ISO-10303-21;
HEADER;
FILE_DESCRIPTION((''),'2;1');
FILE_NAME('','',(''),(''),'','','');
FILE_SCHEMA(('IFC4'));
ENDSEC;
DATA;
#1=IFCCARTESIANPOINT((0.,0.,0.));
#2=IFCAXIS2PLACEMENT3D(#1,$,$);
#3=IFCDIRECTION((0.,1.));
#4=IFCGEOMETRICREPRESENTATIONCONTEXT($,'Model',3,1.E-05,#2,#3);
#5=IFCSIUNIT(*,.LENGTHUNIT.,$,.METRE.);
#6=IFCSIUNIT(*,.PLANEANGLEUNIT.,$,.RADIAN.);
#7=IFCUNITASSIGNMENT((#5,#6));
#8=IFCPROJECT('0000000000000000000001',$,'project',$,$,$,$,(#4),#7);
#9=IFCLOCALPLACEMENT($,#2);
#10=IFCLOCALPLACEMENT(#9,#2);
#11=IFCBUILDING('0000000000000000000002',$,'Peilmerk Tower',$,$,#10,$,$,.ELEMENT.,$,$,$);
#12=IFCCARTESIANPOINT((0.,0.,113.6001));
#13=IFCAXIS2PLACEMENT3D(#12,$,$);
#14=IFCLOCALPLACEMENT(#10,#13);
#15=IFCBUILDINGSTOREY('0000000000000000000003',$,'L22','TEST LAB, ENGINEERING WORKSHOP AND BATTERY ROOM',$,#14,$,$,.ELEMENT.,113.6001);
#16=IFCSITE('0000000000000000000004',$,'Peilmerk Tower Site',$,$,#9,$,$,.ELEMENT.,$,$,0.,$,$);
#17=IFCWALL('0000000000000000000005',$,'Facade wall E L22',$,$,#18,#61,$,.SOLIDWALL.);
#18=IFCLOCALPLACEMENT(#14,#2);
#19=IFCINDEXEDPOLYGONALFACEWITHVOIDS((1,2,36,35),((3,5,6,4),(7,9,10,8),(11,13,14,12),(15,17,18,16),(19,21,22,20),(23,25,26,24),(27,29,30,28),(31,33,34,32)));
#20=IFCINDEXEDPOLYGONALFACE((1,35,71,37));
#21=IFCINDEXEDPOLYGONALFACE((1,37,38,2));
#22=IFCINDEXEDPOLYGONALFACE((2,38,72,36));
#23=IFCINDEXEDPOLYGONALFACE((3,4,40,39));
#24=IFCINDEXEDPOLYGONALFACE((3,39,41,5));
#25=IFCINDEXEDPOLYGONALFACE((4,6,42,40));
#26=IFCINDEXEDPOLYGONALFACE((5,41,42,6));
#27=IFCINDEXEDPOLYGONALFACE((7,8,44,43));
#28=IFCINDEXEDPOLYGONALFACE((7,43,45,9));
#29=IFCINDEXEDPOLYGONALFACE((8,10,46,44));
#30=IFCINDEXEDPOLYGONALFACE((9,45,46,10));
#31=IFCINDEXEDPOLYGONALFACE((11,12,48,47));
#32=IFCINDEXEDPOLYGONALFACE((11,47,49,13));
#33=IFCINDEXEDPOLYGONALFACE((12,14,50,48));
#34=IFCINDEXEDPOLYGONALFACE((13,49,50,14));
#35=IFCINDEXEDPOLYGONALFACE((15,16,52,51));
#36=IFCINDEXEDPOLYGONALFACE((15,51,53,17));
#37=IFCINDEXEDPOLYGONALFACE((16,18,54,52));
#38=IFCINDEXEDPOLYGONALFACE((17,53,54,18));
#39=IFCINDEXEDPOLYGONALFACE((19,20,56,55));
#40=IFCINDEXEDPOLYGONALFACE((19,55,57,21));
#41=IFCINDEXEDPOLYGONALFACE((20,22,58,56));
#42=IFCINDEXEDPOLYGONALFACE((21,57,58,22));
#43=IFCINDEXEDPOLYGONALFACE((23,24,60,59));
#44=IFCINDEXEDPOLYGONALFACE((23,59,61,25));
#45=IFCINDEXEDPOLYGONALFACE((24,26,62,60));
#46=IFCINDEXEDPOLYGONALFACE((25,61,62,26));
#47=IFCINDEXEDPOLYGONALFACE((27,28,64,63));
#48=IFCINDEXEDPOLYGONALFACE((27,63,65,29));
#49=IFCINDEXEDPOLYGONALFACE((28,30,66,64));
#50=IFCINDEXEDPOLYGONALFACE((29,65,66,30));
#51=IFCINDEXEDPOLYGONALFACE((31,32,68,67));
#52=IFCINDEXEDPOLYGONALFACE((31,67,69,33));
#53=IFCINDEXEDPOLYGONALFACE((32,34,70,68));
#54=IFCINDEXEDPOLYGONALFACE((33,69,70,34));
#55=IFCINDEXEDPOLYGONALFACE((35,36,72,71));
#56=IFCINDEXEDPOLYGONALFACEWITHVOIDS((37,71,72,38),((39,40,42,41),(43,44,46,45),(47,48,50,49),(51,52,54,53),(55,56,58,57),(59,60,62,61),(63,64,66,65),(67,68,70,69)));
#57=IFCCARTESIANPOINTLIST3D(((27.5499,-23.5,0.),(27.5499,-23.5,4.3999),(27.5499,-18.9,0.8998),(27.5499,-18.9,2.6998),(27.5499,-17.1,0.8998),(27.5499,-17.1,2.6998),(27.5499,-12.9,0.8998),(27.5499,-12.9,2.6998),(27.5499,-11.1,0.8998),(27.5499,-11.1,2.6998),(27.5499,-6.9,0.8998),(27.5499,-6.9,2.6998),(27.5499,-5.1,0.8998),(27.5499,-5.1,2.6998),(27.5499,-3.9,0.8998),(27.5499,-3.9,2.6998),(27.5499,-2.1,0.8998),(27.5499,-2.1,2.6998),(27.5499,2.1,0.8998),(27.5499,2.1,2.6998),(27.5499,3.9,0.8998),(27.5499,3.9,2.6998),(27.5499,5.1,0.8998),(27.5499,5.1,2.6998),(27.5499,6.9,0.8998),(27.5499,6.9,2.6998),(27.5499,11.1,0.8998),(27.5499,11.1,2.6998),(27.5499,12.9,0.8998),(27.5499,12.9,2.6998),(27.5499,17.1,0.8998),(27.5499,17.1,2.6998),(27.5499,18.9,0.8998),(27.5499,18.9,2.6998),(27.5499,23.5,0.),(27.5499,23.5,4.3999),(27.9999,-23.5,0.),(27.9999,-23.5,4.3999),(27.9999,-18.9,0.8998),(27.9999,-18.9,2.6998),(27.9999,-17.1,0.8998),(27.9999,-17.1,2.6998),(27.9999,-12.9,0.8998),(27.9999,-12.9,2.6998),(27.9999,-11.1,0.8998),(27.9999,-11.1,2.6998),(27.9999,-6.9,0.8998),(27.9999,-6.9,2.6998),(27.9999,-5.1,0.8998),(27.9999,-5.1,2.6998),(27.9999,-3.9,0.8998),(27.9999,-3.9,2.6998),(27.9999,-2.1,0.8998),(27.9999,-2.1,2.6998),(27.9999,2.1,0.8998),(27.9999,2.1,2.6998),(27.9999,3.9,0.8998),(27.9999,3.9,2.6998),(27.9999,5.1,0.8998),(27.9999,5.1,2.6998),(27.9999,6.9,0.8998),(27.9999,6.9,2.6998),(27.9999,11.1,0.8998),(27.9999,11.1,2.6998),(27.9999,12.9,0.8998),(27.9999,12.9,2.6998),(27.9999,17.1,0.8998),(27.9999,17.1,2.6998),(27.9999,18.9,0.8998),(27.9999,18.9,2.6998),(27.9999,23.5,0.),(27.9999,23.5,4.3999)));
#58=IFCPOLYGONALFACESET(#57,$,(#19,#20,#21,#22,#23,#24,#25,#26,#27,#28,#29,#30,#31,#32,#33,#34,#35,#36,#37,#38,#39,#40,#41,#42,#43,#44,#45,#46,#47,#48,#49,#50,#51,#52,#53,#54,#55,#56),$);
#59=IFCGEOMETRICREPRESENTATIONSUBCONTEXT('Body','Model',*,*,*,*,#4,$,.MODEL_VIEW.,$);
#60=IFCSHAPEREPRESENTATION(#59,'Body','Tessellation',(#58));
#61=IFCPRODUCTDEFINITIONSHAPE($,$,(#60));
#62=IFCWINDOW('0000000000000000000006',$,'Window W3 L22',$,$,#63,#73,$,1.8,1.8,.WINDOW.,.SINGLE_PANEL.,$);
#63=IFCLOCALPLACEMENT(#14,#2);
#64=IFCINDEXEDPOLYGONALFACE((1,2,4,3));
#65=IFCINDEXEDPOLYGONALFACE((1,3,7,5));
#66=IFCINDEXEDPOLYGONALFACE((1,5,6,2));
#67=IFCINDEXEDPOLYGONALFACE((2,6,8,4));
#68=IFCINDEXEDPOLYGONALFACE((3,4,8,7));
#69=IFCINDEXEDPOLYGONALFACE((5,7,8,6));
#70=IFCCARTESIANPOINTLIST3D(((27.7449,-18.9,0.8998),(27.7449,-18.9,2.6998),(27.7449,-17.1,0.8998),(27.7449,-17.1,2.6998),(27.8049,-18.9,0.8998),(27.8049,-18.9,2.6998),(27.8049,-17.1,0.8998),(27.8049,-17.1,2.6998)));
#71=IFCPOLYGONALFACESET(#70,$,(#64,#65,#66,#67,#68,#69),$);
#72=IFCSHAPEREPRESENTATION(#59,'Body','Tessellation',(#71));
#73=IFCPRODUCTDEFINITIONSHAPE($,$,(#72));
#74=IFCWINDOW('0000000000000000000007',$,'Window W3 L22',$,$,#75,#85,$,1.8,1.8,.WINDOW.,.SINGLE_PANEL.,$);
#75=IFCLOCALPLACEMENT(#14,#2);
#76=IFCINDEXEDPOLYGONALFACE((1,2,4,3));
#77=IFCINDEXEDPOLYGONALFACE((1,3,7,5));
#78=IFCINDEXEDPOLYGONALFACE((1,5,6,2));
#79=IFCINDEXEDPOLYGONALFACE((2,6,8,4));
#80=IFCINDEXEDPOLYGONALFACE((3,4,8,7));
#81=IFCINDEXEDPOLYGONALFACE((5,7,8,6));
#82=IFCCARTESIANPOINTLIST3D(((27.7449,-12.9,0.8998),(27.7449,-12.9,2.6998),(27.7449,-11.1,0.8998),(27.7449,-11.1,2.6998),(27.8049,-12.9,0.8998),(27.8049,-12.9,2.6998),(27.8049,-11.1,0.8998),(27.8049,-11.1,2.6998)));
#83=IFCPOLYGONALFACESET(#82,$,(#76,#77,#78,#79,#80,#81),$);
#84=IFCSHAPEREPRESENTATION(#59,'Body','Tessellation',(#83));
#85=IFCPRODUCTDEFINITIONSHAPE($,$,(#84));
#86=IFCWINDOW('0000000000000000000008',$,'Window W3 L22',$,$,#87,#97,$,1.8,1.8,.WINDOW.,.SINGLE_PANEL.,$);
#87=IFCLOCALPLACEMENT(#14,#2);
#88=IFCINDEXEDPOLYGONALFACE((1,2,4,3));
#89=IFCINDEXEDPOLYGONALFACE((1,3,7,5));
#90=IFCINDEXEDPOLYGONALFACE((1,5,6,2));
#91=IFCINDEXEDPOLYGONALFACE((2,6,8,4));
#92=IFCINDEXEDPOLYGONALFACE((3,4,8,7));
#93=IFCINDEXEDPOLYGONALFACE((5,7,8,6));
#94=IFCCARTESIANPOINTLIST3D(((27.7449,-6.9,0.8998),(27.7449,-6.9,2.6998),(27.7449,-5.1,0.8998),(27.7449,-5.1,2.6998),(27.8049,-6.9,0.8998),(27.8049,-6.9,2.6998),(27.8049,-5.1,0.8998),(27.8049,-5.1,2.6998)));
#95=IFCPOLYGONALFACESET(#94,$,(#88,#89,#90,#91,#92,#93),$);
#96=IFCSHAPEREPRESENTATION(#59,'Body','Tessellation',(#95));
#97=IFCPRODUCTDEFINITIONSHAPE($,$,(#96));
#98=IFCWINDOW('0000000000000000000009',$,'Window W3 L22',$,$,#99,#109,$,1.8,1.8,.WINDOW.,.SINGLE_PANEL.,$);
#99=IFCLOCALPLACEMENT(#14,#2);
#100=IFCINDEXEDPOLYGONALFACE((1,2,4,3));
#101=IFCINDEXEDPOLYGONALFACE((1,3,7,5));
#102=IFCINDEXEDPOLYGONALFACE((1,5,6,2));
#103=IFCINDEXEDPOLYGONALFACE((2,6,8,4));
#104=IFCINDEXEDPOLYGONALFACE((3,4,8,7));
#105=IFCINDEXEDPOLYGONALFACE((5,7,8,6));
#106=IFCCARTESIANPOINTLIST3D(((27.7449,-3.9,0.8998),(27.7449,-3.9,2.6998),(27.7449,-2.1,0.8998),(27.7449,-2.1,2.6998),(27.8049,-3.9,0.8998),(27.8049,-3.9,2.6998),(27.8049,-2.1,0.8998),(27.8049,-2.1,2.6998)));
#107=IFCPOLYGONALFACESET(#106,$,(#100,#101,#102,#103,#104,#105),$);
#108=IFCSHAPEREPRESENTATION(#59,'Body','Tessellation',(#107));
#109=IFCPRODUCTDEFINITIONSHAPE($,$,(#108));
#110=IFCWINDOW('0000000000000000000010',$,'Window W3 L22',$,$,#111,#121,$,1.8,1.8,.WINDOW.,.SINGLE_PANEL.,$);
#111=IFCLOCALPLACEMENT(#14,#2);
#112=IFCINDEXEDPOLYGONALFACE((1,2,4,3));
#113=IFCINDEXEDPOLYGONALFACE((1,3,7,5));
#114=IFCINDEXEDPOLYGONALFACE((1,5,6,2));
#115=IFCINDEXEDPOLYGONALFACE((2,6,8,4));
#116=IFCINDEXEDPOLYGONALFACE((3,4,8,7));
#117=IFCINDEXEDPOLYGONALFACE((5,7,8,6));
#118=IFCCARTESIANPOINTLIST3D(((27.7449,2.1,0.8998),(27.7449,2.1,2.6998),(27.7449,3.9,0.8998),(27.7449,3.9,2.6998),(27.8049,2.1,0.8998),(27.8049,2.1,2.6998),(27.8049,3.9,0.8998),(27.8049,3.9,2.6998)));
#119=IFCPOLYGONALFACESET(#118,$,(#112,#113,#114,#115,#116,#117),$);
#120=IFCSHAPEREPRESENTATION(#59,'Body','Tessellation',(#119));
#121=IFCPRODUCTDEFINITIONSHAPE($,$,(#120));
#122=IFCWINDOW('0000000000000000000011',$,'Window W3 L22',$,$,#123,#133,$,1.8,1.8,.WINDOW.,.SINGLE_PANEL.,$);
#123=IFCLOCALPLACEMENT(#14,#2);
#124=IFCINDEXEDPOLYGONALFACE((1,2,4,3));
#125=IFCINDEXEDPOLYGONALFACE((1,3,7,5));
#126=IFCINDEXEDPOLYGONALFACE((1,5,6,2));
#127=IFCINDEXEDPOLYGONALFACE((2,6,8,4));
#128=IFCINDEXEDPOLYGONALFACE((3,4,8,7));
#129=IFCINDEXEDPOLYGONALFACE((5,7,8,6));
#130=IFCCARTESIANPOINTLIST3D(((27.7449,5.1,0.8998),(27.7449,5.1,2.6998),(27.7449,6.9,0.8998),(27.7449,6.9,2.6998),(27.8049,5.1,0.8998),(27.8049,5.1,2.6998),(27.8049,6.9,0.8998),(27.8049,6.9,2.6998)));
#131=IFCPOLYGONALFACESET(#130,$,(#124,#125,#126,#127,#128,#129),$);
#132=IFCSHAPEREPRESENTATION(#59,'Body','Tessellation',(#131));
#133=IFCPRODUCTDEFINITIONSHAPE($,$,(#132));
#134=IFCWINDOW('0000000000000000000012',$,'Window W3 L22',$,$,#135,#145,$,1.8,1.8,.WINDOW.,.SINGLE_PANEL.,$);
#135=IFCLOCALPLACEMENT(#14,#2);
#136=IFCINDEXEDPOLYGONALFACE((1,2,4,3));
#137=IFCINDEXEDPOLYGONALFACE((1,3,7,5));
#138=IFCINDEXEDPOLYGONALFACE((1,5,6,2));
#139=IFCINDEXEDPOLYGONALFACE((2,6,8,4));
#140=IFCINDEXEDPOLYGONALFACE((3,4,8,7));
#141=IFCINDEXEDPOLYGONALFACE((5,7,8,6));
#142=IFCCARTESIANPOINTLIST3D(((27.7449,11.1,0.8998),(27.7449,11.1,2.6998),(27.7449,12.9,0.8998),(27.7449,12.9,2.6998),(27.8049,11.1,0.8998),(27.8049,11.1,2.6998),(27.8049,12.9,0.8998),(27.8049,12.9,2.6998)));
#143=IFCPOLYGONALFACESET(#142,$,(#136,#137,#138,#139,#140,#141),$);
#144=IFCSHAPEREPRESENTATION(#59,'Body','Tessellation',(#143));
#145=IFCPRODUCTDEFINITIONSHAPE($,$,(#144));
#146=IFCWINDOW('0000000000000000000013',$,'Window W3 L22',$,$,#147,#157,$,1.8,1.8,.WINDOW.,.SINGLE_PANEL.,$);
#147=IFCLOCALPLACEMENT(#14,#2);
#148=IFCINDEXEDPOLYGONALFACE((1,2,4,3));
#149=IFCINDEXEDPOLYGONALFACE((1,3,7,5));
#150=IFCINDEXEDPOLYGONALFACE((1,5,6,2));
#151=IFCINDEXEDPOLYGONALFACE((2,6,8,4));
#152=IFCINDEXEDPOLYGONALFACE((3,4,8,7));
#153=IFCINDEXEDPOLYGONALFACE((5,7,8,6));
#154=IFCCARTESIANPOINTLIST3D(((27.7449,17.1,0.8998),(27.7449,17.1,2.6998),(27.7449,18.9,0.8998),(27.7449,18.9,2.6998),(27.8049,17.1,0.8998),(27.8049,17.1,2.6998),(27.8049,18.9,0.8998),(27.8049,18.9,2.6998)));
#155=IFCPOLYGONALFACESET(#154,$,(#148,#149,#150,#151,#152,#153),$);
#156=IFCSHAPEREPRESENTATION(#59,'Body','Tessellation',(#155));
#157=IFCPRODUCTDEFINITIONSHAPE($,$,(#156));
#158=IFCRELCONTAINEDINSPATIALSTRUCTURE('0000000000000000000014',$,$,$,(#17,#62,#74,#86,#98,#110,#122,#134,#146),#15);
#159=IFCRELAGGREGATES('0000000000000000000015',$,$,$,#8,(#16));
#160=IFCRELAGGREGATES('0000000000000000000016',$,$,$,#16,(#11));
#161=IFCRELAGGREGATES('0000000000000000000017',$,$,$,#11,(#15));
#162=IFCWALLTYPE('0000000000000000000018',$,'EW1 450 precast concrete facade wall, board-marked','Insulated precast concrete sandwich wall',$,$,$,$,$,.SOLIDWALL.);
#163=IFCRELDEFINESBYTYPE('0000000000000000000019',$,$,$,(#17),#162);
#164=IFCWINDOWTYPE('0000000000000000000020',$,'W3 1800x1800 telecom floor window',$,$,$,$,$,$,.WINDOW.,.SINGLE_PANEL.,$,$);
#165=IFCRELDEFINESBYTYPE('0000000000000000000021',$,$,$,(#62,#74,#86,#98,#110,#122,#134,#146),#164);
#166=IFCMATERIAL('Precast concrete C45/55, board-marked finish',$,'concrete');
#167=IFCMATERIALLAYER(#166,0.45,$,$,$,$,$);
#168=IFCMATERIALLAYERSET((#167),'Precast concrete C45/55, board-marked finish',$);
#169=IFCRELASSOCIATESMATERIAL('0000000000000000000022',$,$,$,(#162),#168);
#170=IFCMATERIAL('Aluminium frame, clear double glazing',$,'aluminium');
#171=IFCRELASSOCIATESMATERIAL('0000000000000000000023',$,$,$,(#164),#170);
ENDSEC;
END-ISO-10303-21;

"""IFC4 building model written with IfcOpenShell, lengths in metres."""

from ifc_helpers import new_model, si_unit, direction, frame, frame_2d, origin, place, context, subcontext, project, spatial, rectangle, extrude, material, layer, layer_set, type_object, element, fill, save


model = new_model("IFC4")

# Units and contexts
model_context = context("Model", 3, precision=1e-05, world=origin(), true_north=direction((0.0, 1.0)))
body_context = subcontext(model_context, "Body", "Model", "MODEL_VIEW")
ifc_project = project(units=[si_unit("LENGTHUNIT", "METRE"), si_unit("PLANEANGLEUNIT", "RADIAN")], contexts=[model_context])

# Site, building, storey
site_placement = place(None, origin())
site = spatial("IfcSite", under=ifc_project, at=site_placement, Name="Peilmerk Tower Site", CompositionType="ELEMENT", RefElevation=0.0)
building_placement = place(site_placement, origin())
building = spatial("IfcBuilding", under=site, at=building_placement, Name="Peilmerk Tower", CompositionType="ELEMENT")
storey_placement = place(building_placement, frame((0.0, 0.0, 113.6001)))
storey = spatial("IfcBuildingStorey", under=building, at=storey_placement, Name="L22", Description="TEST LAB, ENGINEERING WORKSHOP AND BATTERY ROOM", CompositionType="ELEMENT", Elevation=113.6001)

# Wall, openings, windows
ifc_material_1 = material(Name="Precast concrete C45/55, board-marked finish", Category="concrete")
ifc_layer = layer(ifc_material_1, 0.45)
ifc_layer_set = layer_set([ifc_layer], Name="Precast concrete C45/55, board-marked finish")
wall_type = type_object("IfcWallType", Name="EW1 450 precast concrete facade wall, board-marked", Description="Insulated precast concrete sandwich wall", PredefinedType="SOLIDWALL", material=ifc_layer_set)
wall_1_placement = place(storey_placement, frame((27.7749, -23.5, 0.0), z_axis=(0.0, 0.0, 1.0), x_axis=(0.0, 1.0, 0.0)))
wall_1 = element("IfcWall", 1, at=wall_1_placement, inside=storey, type_object=wall_type, Name="Facade wall E L22", PredefinedType="SOLIDWALL", context=body_context, shape_type="SweptSolid", body=[
    extrude(rectangle(XDim=47.0, YDim=0.45, at=frame_2d((23.5, 0.0))), origin(), (0.0, 0.0, 1.0), 4.3999),
])
opening_1_placement = place(wall_1_placement, frame((4.6001, 0.0, 0.8999)))
opening_1 = element("IfcOpeningElement", 2, at=opening_1_placement, cuts=wall_1, PredefinedType="OPENING", context=body_context, shape_type="SweptSolid", body=[
    extrude(rectangle(XDim=1.8, YDim=1.8, at=frame_2d((0.8999, 0.8999))), frame((0.0, 0.2349, 0.0), z_axis=(0.0, -1.0, 0.0), x_axis=(1.0, 0.0, 0.0)), (0.0, 0.0, 1.0), 0.47),
])
opening_2_placement = place(wall_1_placement, frame((10.6001, 0.0, 0.8999)))
opening_2 = element("IfcOpeningElement", 3, at=opening_2_placement, cuts=wall_1, PredefinedType="OPENING", context=body_context, shape_type="SweptSolid", body=[
    extrude(rectangle(XDim=1.8, YDim=1.8, at=frame_2d((0.8999, 0.8999))), frame((0.0, 0.2349, 0.0), z_axis=(0.0, -1.0, 0.0), x_axis=(1.0, 0.0, 0.0)), (0.0, 0.0, 1.0), 0.47),
])
opening_3_placement = place(wall_1_placement, frame((16.6001, 0.0, 0.8999)))
opening_3 = element("IfcOpeningElement", 4, at=opening_3_placement, cuts=wall_1, PredefinedType="OPENING", context=body_context, shape_type="SweptSolid", body=[
    extrude(rectangle(XDim=1.8, YDim=1.8, at=frame_2d((0.8999, 0.8999))), frame((0.0, 0.2349, 0.0), z_axis=(0.0, -1.0, 0.0), x_axis=(1.0, 0.0, 0.0)), (0.0, 0.0, 1.0), 0.47),
])
opening_4_placement = place(wall_1_placement, frame((19.6001, 0.0, 0.8999)))
opening_4 = element("IfcOpeningElement", 5, at=opening_4_placement, cuts=wall_1, PredefinedType="OPENING", context=body_context, shape_type="SweptSolid", body=[
    extrude(rectangle(XDim=1.8, YDim=1.8, at=frame_2d((0.8999, 0.8999))), frame((0.0, 0.2349, 0.0), z_axis=(0.0, -1.0, 0.0), x_axis=(1.0, 0.0, 0.0)), (0.0, 0.0, 1.0), 0.47),
])
opening_5_placement = place(wall_1_placement, frame((25.6001, 0.0, 0.8999)))
opening_5 = element("IfcOpeningElement", 6, at=opening_5_placement, cuts=wall_1, PredefinedType="OPENING", context=body_context, shape_type="SweptSolid", body=[
    extrude(rectangle(XDim=1.8, YDim=1.8, at=frame_2d((0.8999, 0.8999))), frame((0.0, 0.2349, 0.0), z_axis=(0.0, -1.0, 0.0), x_axis=(1.0, 0.0, 0.0)), (0.0, 0.0, 1.0), 0.47),
])
opening_6_placement = place(wall_1_placement, frame((28.6001, 0.0, 0.8999)))
opening_6 = element("IfcOpeningElement", 7, at=opening_6_placement, cuts=wall_1, PredefinedType="OPENING", context=body_context, shape_type="SweptSolid", body=[
    extrude(rectangle(XDim=1.8, YDim=1.8, at=frame_2d((0.8999, 0.8999))), frame((0.0, 0.2349, 0.0), z_axis=(0.0, -1.0, 0.0), x_axis=(1.0, 0.0, 0.0)), (0.0, 0.0, 1.0), 0.47),
])
opening_7_placement = place(wall_1_placement, frame((34.6001, 0.0, 0.8999)))
opening_7 = element("IfcOpeningElement", 8, at=opening_7_placement, cuts=wall_1, PredefinedType="OPENING", context=body_context, shape_type="SweptSolid", body=[
    extrude(rectangle(XDim=1.8, YDim=1.8, at=frame_2d((0.8999, 0.8999))), frame((0.0, 0.2349, 0.0), z_axis=(0.0, -1.0, 0.0), x_axis=(1.0, 0.0, 0.0)), (0.0, 0.0, 1.0), 0.47),
])
opening_8_placement = place(wall_1_placement, frame((40.6001, 0.0, 0.8999)))
opening_8 = element("IfcOpeningElement", 9, at=opening_8_placement, cuts=wall_1, PredefinedType="OPENING", context=body_context, shape_type="SweptSolid", body=[
    extrude(rectangle(XDim=1.8, YDim=1.8, at=frame_2d((0.8999, 0.8999))), frame((0.0, 0.2349, 0.0), z_axis=(0.0, -1.0, 0.0), x_axis=(1.0, 0.0, 0.0)), (0.0, 0.0, 1.0), 0.47),
])
ifc_material_2 = material(Name="Aluminium frame, clear double glazing", Category="aluminium")
window_type = type_object("IfcWindowType", Name="W3 1800x1800 telecom floor window", PartitioningType="SINGLE_PANEL", PredefinedType="WINDOW", material=ifc_material_2)
window_1_placement = place(opening_1_placement, origin())
window_1 = element("IfcWindow", 10, at=window_1_placement, inside=storey, type_object=window_type, Name="Window W3 L22", OverallHeight=1.8, OverallWidth=1.8, PartitioningType="SINGLE_PANEL", PredefinedType="WINDOW", context=body_context, shape_type="SweptSolid", body=[
    extrude(rectangle(XDim=1.8, YDim=1.8, at=frame_2d((0.8999, 0.8999))), frame((0.0, 0.03, 0.0), z_axis=(0.0, -1.0, 0.0), x_axis=(1.0, 0.0, 0.0)), (0.0, 0.0, 1.0), 0.0601),
])
fill(opening_1, window_1)
window_2_placement = place(opening_2_placement, origin())
window_2 = element("IfcWindow", 11, at=window_2_placement, inside=storey, type_object=window_type, Name="Window W3 L22", OverallHeight=1.8, OverallWidth=1.8, PartitioningType="SINGLE_PANEL", PredefinedType="WINDOW", context=body_context, shape_type="SweptSolid", body=[
    extrude(rectangle(XDim=1.8, YDim=1.8, at=frame_2d((0.8999, 0.8999))), frame((0.0, 0.03, 0.0), z_axis=(0.0, -1.0, 0.0), x_axis=(1.0, 0.0, 0.0)), (0.0, 0.0, 1.0), 0.0601),
])
fill(opening_2, window_2)
window_3_placement = place(opening_3_placement, origin())
window_3 = element("IfcWindow", 12, at=window_3_placement, inside=storey, type_object=window_type, Name="Window W3 L22", OverallHeight=1.8, OverallWidth=1.8, PartitioningType="SINGLE_PANEL", PredefinedType="WINDOW", context=body_context, shape_type="SweptSolid", body=[
    extrude(rectangle(XDim=1.8, YDim=1.8, at=frame_2d((0.8999, 0.8999))), frame((0.0, 0.03, 0.0), z_axis=(0.0, -1.0, 0.0), x_axis=(1.0, 0.0, 0.0)), (0.0, 0.0, 1.0), 0.0601),
])
fill(opening_3, window_3)
window_4_placement = place(opening_4_placement, origin())
window_4 = element("IfcWindow", 13, at=window_4_placement, inside=storey, type_object=window_type, Name="Window W3 L22", OverallHeight=1.8, OverallWidth=1.8, PartitioningType="SINGLE_PANEL", PredefinedType="WINDOW", context=body_context, shape_type="SweptSolid", body=[
    extrude(rectangle(XDim=1.8, YDim=1.8, at=frame_2d((0.8999, 0.8999))), frame((0.0, 0.03, 0.0), z_axis=(0.0, -1.0, 0.0), x_axis=(1.0, 0.0, 0.0)), (0.0, 0.0, 1.0), 0.0601),
])
fill(opening_4, window_4)
window_5_placement = place(opening_5_placement, origin())
window_5 = element("IfcWindow", 14, at=window_5_placement, inside=storey, type_object=window_type, Name="Window W3 L22", OverallHeight=1.8, OverallWidth=1.8, PartitioningType="SINGLE_PANEL", PredefinedType="WINDOW", context=body_context, shape_type="SweptSolid", body=[
    extrude(rectangle(XDim=1.8, YDim=1.8, at=frame_2d((0.8999, 0.8999))), frame((0.0, 0.03, 0.0), z_axis=(0.0, -1.0, 0.0), x_axis=(1.0, 0.0, 0.0)), (0.0, 0.0, 1.0), 0.0601),
])
fill(opening_5, window_5)
window_6_placement = place(opening_6_placement, origin())
window_6 = element("IfcWindow", 15, at=window_6_placement, inside=storey, type_object=window_type, Name="Window W3 L22", OverallHeight=1.8, OverallWidth=1.8, PartitioningType="SINGLE_PANEL", PredefinedType="WINDOW", context=body_context, shape_type="SweptSolid", body=[
    extrude(rectangle(XDim=1.8, YDim=1.8, at=frame_2d((0.8999, 0.8999))), frame((0.0, 0.03, 0.0), z_axis=(0.0, -1.0, 0.0), x_axis=(1.0, 0.0, 0.0)), (0.0, 0.0, 1.0), 0.0601),
])
fill(opening_6, window_6)
window_7_placement = place(opening_7_placement, origin())
window_7 = element("IfcWindow", 16, at=window_7_placement, inside=storey, type_object=window_type, Name="Window W3 L22", OverallHeight=1.8, OverallWidth=1.8, PartitioningType="SINGLE_PANEL", PredefinedType="WINDOW", context=body_context, shape_type="SweptSolid", body=[
    extrude(rectangle(XDim=1.8, YDim=1.8, at=frame_2d((0.8999, 0.8999))), frame((0.0, 0.03, 0.0), z_axis=(0.0, -1.0, 0.0), x_axis=(1.0, 0.0, 0.0)), (0.0, 0.0, 1.0), 0.0601),
])
fill(opening_7, window_7)
window_8_placement = place(opening_8_placement, origin())
window_8 = element("IfcWindow", 17, at=window_8_placement, inside=storey, type_object=window_type, Name="Window W3 L22", OverallHeight=1.8, OverallWidth=1.8, PartitioningType="SINGLE_PANEL", PredefinedType="WINDOW", context=body_context, shape_type="SweptSolid", body=[
    extrude(rectangle(XDim=1.8, YDim=1.8, at=frame_2d((0.8999, 0.8999))), frame((0.0, 0.03, 0.0), z_axis=(0.0, -1.0, 0.0), x_axis=(1.0, 0.0, 0.0)), (0.0, 0.0, 1.0), 0.0601),
])
fill(opening_8, window_8)

save(model, "model.ifc")
